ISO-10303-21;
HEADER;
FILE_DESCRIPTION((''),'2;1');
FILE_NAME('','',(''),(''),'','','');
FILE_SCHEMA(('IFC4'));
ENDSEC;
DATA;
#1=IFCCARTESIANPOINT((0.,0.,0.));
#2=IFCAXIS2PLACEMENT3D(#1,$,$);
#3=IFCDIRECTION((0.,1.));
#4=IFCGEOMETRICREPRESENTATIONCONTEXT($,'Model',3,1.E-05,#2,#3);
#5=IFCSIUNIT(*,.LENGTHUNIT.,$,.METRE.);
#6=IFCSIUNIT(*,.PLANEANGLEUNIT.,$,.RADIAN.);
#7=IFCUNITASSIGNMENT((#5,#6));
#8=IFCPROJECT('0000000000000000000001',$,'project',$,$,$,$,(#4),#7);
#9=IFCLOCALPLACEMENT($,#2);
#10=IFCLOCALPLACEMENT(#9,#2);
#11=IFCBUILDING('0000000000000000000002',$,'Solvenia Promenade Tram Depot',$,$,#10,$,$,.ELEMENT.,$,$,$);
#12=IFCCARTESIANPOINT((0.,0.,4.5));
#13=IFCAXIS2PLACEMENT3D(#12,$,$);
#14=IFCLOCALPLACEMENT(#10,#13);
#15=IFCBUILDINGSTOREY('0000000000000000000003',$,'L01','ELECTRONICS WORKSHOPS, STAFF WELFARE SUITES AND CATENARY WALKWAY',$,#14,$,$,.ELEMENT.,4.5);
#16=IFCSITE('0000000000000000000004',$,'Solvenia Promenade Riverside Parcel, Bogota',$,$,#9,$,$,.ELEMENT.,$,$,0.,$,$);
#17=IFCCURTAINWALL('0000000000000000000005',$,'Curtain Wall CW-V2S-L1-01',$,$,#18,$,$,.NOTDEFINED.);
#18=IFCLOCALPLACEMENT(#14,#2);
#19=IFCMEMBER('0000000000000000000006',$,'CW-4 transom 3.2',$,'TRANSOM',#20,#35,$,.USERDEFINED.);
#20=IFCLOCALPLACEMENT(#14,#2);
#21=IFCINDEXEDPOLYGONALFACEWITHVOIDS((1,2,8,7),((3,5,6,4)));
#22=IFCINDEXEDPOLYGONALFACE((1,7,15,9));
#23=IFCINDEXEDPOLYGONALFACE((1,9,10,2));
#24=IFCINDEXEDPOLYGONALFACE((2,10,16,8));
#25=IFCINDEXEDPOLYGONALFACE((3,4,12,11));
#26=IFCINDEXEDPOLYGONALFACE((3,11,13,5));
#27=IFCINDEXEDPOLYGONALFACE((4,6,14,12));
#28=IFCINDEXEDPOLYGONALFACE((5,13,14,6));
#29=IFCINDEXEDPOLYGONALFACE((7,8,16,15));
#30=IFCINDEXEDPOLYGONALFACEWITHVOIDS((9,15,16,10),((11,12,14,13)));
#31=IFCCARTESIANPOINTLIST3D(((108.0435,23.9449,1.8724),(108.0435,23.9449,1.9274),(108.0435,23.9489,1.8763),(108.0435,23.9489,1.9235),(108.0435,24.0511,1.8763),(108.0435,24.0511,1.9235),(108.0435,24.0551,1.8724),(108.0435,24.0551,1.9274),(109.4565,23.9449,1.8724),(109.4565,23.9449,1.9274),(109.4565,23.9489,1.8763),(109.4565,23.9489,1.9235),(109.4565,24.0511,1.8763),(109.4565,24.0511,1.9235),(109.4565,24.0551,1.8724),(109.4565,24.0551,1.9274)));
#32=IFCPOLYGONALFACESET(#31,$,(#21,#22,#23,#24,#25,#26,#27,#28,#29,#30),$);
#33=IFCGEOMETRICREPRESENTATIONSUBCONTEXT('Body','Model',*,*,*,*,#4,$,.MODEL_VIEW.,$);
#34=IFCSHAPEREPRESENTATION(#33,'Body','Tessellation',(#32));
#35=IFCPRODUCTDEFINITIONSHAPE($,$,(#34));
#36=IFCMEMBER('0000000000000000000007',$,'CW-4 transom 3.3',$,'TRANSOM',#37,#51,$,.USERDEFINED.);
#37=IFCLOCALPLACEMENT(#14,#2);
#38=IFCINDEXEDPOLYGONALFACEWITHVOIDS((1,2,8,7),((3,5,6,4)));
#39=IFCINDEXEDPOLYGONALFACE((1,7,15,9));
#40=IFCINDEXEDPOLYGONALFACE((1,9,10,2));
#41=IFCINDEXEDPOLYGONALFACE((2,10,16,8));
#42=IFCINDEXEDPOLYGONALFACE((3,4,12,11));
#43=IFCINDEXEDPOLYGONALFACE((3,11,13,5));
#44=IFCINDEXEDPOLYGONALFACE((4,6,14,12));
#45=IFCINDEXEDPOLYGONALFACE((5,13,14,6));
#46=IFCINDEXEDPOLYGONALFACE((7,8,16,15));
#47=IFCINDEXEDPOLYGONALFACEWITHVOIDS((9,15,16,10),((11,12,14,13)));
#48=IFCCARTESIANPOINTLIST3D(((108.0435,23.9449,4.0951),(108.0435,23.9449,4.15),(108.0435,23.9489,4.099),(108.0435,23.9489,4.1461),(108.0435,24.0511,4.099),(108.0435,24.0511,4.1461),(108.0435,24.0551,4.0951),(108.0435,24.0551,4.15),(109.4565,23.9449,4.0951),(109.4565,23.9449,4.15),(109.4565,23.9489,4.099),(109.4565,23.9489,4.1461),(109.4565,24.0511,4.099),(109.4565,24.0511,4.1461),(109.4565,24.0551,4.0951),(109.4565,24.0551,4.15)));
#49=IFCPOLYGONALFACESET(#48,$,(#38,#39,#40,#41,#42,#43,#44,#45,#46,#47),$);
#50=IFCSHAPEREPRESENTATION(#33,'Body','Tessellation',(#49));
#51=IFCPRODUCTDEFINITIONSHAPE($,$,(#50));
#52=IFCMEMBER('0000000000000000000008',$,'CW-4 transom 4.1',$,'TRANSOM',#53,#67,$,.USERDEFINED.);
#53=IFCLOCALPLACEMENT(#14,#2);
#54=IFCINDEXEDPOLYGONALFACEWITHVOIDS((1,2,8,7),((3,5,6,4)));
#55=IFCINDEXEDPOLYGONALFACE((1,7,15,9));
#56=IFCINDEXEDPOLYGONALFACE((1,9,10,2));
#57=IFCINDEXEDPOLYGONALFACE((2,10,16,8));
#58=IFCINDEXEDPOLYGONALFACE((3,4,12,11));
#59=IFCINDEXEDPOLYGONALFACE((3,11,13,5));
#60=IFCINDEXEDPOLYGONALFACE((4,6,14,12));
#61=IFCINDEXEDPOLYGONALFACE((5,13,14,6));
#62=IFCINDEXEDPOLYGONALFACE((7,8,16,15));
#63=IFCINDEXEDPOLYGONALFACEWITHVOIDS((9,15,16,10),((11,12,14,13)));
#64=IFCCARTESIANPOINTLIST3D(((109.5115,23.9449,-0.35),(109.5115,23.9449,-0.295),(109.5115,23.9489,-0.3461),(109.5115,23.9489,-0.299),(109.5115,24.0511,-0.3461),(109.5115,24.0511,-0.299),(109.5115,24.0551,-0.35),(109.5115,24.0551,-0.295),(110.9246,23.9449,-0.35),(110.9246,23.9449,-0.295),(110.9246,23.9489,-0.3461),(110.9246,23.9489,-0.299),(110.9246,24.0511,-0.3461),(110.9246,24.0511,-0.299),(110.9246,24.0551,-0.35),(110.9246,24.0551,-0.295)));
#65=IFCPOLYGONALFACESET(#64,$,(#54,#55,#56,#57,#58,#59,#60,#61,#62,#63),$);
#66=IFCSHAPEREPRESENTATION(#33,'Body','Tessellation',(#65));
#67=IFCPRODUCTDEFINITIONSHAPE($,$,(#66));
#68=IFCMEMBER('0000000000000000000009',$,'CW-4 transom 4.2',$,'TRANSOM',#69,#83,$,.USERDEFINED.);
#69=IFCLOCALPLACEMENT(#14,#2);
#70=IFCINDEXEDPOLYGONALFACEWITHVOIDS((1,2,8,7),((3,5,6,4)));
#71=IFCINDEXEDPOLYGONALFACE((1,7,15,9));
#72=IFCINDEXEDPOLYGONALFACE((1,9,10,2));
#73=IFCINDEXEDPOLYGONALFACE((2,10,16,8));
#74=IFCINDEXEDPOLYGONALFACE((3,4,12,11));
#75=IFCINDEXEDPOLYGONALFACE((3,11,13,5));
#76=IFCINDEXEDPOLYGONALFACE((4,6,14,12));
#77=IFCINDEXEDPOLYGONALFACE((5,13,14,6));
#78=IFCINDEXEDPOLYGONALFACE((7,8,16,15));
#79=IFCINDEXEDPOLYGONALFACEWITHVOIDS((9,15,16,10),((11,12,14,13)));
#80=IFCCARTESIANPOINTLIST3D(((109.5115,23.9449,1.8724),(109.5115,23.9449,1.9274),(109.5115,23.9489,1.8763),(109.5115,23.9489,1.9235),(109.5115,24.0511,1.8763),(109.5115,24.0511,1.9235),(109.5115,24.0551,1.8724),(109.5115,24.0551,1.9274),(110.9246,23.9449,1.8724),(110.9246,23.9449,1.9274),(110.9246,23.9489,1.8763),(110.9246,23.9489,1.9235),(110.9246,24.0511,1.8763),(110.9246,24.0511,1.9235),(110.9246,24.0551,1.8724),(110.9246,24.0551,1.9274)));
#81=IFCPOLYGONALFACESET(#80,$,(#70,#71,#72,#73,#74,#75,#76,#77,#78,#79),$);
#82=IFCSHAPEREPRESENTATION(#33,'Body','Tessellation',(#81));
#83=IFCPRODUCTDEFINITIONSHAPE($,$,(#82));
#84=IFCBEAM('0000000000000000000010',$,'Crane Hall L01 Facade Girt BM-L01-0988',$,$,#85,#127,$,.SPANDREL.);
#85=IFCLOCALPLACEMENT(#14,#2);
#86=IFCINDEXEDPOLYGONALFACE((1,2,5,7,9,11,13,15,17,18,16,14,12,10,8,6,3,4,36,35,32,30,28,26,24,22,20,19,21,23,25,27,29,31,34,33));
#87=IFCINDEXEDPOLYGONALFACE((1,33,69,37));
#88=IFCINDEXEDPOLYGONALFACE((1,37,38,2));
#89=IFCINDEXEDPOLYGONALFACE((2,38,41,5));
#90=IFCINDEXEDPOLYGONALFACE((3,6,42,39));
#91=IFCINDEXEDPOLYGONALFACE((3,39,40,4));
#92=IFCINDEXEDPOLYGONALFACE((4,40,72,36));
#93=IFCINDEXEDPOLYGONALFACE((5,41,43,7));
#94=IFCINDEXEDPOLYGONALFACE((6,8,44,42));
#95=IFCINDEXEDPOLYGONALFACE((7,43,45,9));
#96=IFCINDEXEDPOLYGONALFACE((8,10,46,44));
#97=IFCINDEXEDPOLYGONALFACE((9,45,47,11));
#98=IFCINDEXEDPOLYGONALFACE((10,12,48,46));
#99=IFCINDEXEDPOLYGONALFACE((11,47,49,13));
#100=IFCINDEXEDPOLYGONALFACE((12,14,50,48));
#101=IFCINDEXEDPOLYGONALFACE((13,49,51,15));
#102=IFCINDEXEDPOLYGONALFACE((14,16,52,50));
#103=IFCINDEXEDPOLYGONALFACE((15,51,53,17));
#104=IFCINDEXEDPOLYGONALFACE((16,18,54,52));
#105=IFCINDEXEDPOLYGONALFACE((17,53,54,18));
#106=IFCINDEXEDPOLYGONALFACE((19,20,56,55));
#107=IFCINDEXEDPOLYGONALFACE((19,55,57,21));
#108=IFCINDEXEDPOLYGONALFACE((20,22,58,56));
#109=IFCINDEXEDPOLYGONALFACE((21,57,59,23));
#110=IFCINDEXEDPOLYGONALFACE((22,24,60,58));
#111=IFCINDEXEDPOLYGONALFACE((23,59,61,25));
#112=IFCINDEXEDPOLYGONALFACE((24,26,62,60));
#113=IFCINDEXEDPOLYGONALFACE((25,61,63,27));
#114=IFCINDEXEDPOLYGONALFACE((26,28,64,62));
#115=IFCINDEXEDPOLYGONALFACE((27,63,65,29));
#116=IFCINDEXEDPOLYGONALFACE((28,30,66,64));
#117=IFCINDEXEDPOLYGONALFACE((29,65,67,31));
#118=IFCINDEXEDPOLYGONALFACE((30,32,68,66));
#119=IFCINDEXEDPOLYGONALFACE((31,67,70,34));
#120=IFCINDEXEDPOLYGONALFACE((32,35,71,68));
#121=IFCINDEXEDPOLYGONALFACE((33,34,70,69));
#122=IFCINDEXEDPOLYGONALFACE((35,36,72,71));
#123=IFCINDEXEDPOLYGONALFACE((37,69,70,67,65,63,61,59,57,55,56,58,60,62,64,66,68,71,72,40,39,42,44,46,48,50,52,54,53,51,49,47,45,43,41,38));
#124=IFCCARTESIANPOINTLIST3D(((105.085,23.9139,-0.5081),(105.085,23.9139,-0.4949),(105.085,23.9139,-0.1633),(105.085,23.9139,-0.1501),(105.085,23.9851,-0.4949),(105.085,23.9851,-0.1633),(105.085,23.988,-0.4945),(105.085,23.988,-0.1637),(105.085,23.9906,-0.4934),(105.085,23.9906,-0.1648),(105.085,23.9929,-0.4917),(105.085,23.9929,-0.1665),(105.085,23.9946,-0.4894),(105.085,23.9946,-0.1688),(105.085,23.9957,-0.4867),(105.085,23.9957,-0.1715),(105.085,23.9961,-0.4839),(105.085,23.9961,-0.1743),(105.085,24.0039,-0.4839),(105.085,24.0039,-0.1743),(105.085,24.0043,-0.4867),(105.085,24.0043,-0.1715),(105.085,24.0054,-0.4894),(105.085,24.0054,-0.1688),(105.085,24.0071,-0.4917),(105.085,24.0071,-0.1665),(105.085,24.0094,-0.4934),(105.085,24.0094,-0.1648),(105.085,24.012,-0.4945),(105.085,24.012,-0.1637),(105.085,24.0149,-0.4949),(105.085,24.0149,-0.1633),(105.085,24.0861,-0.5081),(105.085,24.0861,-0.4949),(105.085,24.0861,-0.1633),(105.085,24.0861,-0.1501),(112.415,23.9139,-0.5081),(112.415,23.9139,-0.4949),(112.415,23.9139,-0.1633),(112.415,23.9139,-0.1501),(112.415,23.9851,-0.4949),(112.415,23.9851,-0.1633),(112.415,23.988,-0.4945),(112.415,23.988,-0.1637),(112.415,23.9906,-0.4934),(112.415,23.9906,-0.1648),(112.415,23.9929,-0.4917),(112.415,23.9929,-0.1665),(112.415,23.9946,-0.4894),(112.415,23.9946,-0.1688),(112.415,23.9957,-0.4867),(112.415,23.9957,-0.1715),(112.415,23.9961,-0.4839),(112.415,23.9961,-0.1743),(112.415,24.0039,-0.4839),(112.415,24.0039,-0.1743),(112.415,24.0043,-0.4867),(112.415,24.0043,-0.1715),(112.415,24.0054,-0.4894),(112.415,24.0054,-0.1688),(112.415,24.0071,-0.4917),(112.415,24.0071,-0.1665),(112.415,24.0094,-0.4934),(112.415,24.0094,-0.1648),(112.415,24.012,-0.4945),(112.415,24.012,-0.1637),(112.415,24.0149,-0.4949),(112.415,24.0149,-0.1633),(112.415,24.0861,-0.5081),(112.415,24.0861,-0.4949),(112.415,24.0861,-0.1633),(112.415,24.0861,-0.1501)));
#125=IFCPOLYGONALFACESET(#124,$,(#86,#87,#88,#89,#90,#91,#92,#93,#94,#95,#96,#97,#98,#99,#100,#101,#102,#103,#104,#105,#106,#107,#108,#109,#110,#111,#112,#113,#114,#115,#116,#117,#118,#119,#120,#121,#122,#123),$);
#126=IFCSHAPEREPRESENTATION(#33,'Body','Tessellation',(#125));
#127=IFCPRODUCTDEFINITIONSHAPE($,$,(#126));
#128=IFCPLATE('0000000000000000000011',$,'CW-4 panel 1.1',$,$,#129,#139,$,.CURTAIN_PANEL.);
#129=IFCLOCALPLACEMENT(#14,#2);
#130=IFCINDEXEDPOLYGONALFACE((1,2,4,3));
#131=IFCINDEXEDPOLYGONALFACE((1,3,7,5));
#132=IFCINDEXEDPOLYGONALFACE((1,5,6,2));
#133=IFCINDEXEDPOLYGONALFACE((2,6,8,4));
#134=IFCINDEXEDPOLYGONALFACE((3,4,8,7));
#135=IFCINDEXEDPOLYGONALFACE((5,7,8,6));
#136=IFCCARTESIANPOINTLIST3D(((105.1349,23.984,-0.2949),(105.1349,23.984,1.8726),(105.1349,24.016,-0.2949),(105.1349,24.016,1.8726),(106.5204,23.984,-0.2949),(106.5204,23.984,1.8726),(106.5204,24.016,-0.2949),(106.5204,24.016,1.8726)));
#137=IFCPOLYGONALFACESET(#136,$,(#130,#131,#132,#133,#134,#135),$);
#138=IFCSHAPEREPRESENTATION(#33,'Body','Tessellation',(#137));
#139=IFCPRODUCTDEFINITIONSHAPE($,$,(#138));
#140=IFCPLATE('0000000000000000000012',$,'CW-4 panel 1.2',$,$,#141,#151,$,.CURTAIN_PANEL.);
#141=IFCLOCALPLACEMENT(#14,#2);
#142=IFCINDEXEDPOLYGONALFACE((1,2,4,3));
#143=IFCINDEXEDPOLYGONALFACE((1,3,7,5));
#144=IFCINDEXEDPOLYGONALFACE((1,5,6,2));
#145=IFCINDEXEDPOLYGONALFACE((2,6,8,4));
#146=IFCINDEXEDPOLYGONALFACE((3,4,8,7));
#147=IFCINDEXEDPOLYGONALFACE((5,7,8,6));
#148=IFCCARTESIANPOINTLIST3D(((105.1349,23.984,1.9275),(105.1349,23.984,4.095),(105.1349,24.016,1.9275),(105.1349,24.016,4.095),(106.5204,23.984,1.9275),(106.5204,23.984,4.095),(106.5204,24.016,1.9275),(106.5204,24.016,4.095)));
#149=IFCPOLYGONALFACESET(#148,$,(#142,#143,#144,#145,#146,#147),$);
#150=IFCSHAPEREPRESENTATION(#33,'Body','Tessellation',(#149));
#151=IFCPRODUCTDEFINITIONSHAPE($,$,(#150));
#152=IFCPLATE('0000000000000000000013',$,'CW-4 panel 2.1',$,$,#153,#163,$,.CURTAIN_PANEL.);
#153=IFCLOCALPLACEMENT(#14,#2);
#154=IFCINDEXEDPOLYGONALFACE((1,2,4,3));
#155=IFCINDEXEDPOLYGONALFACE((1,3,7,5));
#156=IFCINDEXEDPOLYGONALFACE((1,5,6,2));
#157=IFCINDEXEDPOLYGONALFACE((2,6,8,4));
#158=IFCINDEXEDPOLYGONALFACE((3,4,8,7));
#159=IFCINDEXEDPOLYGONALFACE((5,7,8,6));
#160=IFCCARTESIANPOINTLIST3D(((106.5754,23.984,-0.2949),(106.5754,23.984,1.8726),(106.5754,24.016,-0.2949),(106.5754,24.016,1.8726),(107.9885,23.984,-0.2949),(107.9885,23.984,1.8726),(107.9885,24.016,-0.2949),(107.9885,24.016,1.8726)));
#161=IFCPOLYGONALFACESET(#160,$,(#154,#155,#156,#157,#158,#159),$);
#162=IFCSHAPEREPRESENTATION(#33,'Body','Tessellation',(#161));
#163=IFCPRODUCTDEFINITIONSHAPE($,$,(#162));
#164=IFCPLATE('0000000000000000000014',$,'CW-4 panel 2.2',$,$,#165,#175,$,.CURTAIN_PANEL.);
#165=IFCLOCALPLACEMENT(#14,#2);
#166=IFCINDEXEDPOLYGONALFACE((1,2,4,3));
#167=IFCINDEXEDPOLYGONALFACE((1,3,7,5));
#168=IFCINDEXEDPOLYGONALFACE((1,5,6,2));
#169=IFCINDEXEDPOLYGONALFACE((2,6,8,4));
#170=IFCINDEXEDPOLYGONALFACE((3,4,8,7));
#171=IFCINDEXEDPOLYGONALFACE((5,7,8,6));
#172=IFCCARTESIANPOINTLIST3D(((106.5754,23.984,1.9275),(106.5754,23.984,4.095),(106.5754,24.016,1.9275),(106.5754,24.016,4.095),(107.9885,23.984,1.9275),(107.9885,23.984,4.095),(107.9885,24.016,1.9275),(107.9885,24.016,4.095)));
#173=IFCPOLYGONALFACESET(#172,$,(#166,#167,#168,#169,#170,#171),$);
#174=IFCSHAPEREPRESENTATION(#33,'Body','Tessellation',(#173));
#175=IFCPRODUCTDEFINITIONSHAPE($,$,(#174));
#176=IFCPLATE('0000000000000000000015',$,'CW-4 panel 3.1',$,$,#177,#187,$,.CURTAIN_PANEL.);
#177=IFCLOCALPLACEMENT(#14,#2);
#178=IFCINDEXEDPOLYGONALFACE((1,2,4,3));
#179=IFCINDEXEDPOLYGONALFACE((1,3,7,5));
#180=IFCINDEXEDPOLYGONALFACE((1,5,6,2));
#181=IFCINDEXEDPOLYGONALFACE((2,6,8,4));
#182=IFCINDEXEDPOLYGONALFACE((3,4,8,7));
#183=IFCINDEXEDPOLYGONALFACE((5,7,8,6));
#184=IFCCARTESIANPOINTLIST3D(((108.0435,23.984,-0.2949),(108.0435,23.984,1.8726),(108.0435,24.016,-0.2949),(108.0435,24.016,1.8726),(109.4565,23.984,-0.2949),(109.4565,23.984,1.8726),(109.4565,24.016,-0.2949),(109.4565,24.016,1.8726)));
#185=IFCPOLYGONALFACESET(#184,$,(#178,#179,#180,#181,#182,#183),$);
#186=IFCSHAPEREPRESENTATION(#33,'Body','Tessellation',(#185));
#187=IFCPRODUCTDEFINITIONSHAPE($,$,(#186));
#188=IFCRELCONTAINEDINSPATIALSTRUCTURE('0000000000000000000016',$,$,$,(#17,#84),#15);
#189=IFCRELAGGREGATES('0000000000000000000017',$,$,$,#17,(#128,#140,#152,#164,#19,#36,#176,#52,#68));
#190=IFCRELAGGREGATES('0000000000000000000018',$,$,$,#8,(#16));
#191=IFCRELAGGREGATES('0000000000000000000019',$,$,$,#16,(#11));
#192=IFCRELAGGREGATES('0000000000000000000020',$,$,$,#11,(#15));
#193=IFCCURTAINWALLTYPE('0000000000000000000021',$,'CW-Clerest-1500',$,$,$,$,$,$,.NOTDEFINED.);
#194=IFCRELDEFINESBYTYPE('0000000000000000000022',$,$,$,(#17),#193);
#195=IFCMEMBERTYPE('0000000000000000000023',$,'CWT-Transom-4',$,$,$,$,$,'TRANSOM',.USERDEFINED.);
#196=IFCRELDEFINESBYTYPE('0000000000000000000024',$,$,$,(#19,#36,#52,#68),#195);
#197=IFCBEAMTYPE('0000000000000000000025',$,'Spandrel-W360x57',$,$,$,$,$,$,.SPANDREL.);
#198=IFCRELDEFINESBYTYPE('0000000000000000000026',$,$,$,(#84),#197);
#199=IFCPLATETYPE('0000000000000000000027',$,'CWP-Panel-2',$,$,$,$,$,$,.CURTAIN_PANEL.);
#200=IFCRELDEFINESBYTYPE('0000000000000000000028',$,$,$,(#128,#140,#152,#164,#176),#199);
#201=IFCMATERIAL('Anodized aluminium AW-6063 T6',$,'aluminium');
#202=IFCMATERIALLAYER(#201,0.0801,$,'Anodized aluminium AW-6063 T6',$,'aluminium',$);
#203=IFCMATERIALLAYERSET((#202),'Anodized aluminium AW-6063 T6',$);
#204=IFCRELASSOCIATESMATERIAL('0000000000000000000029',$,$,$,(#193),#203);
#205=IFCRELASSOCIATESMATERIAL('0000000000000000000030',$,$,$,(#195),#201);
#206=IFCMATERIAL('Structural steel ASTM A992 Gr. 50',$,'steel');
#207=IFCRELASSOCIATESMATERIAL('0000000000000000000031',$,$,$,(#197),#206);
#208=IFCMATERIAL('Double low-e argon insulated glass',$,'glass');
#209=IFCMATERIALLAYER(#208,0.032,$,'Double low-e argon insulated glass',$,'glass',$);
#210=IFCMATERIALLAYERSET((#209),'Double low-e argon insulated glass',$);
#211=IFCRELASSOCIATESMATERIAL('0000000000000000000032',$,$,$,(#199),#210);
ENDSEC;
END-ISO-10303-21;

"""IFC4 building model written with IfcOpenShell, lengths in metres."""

from ifc_helpers import new_model, si_unit, direction, frame, origin, origin_2d, place, context, subcontext, project, spatial, rectangle, hollow_rectangle, i_section, extrude, material, layer, layer_set, material_profile, profile_set, type_object, element, aggregate, save


model = new_model("IFC4")

# Units and contexts
model_context = context("Model", 3, precision=1e-05, world=origin(), true_north=direction((0.0, 1.0)))
body_context = subcontext(model_context, "Body", "Model", "MODEL_VIEW")
ifc_project = project(units=[si_unit("LENGTHUNIT", "METRE"), si_unit("PLANEANGLEUNIT", "RADIAN")], contexts=[model_context])

# Site, building, storey
site_placement = place(None, origin())
site = spatial("IfcSite", under=ifc_project, at=site_placement, Name="Solvenia Promenade Riverside Parcel, Bogota", CompositionType="ELEMENT", RefElevation=0.0)
building_placement = place(site_placement, origin())
building = spatial("IfcBuilding", under=site, at=building_placement, Name="Solvenia Promenade Tram Depot", CompositionType="ELEMENT")
storey_placement = place(building_placement, frame((0.0, 0.0, 4.5)))
storey = spatial("IfcBuildingStorey", under=building, at=storey_placement, Name="L01", Description="ELECTRONICS WORKSHOPS, STAFF WELFARE SUITES AND CATENARY WALKWAY", CompositionType="ELEMENT", Elevation=4.5)

# Curtain wall, members
ifc_material_1 = material(Name="Anodized aluminium AW-6063 T6", Category="aluminium")
ifc_layer_1 = layer(ifc_material_1, 0.0801, Name="Anodized aluminium AW-6063 T6", Category="aluminium")
ifc_layer_set_1 = layer_set([ifc_layer_1], Name="Anodized aluminium AW-6063 T6")
curtain_wall_type = type_object("IfcCurtainWallType", Name="CW-Clerest-1500", PredefinedType="NOTDEFINED", material=ifc_layer_set_1)
curtain_wall_placement = place(storey_placement, origin())
curtain_wall = element("IfcCurtainWall", 1, at=curtain_wall_placement, inside=storey, type_object=curtain_wall_type, Name="Curtain Wall CW-V2S-L1-01", PredefinedType="NOTDEFINED")
ifc_material_profile_1 = material_profile(ifc_material_1, hollow_rectangle(XDim=0.1101, YDim=0.0549, WallThickness=0.0039, at=origin_2d()), Name="ALU-T4", Category="aluminium")
ifc_profile_set_1 = profile_set([ifc_material_profile_1], Name="Anodized aluminium AW-6063 T6")
member_type_1 = type_object("IfcMemberType", Name="CWT-Transom-4", ElementType="TRANSOM", PredefinedType="USERDEFINED", material=ifc_profile_set_1)
member_1_placement = place(storey_placement, frame((108.0435, 24.0, 1.8999), z_axis=(1.0, 0.0, 0.0), x_axis=(0.0, 1.0, 0.0)))
member_1 = element("IfcMember", 2, at=member_1_placement, type_object=member_type_1, Name="CW-4 transom 3.2", ObjectType="TRANSOM", PredefinedType="USERDEFINED", context=body_context, shape_type="SweptSolid", body=[
    extrude(hollow_rectangle(XDim=0.1101, YDim=0.0549, WallThickness=0.0039, at=origin_2d()), origin(), (0.0, 0.0, 1.0), 1.4131),
])
member_2_placement = place(storey_placement, frame((108.0435, 24.0, 4.1226), z_axis=(1.0, 0.0, 0.0), x_axis=(0.0, 1.0, 0.0)))
member_2 = element("IfcMember", 3, at=member_2_placement, type_object=member_type_1, Name="CW-4 transom 3.3", ObjectType="TRANSOM", PredefinedType="USERDEFINED", context=body_context, shape_type="SweptSolid", body=[
    extrude(hollow_rectangle(XDim=0.1101, YDim=0.0549, WallThickness=0.0039, at=origin_2d()), origin(), (0.0, 0.0, 1.0), 1.4131),
])
member_3_placement = place(storey_placement, frame((109.5115, 24.0, -0.3225), z_axis=(1.0, 0.0, 0.0), x_axis=(0.0, 1.0, 0.0)))
member_3 = element("IfcMember", 4, at=member_3_placement, type_object=member_type_1, Name="CW-4 transom 4.1", ObjectType="TRANSOM", PredefinedType="USERDEFINED", context=body_context, shape_type="SweptSolid", body=[
    extrude(hollow_rectangle(XDim=0.1101, YDim=0.0549, WallThickness=0.0039, at=origin_2d()), origin(), (0.0, 0.0, 1.0), 1.4131),
])
member_4_placement = place(storey_placement, frame((109.5115, 24.0, 1.8999), z_axis=(1.0, 0.0, 0.0), x_axis=(0.0, 1.0, 0.0)))
member_4 = element("IfcMember", 5, at=member_4_placement, type_object=member_type_1, Name="CW-4 transom 4.2", ObjectType="TRANSOM", PredefinedType="USERDEFINED", context=body_context, shape_type="SweptSolid", body=[
    extrude(hollow_rectangle(XDim=0.1101, YDim=0.0549, WallThickness=0.0039, at=origin_2d()), origin(), (0.0, 0.0, 1.0), 1.4131),
])

# Beam
ifc_material_2 = material(Name="Structural steel ASTM A992 Gr. 50", Category="steel")
ifc_material_profile_2 = material_profile(ifc_material_2, i_section(OverallWidth=0.1721, OverallDepth=0.3579, WebThickness=0.0078, FlangeThickness=0.0132, FilletRadius=0.011, at=origin_2d()), Name="W360x57", Category="steel")
ifc_profile_set_2 = profile_set([ifc_material_profile_2], Name="Structural steel ASTM A992 Gr. 50")
beam_type = type_object("IfcBeamType", Name="Spandrel-W360x57", PredefinedType="SPANDREL", material=ifc_profile_set_2)
beam_placement = place(storey_placement, frame((105.085, 24.0, -0.3291), z_axis=(1.0, 0.0, 0.0), x_axis=(0.0, 1.0, 0.0)))
element("IfcBeam", 6, at=beam_placement, inside=storey, type_object=beam_type, Name="Crane Hall L01 Facade Girt BM-L01-0988", PredefinedType="SPANDREL", context=body_context, shape_type="SweptSolid", body=[
    extrude(i_section(OverallWidth=0.1721, OverallDepth=0.3579, WebThickness=0.0078, FlangeThickness=0.0132, FilletRadius=0.011, at=origin_2d()), origin(), (0.0, 0.0, 1.0), 7.3301),
])

# Plates
ifc_material_3 = material(Name="Double low-e argon insulated glass", Category="glass")
ifc_layer_2 = layer(ifc_material_3, 0.032, Name="Double low-e argon insulated glass", Category="glass")
ifc_layer_set_2 = layer_set([ifc_layer_2], Name="Double low-e argon insulated glass")
plate_type = type_object("IfcPlateType", Name="CWP-Panel-2", PredefinedType="CURTAIN_PANEL", material=ifc_layer_set_2)
plate_1_placement = place(storey_placement, frame((105.8276, 24.0, -0.2949), z_axis=(0.0, 0.0, 1.0), x_axis=(1.0, 0.0, 0.0)))
plate_1 = element("IfcPlate", 7, at=plate_1_placement, type_object=plate_type, Name="CW-4 panel 1.1", PredefinedType="CURTAIN_PANEL", context=body_context, shape_type="SweptSolid", body=[
    extrude(rectangle(XDim=1.3855, YDim=0.032, at=origin_2d()), origin(), (0.0, 0.0, 1.0), 2.1675),
])
plate_2_placement = place(storey_placement, frame((105.8276, 24.0, 1.9275), z_axis=(0.0, 0.0, 1.0), x_axis=(1.0, 0.0, 0.0)))
plate_2 = element("IfcPlate", 8, at=plate_2_placement, type_object=plate_type, Name="CW-4 panel 1.2", PredefinedType="CURTAIN_PANEL", context=body_context, shape_type="SweptSolid", body=[
    extrude(rectangle(XDim=1.3855, YDim=0.032, at=origin_2d()), origin(), (0.0, 0.0, 1.0), 2.1675),
])
plate_3_placement = place(storey_placement, frame((107.282, 24.0, -0.2949), z_axis=(0.0, 0.0, 1.0), x_axis=(1.0, 0.0, 0.0)))
plate_3 = element("IfcPlate", 9, at=plate_3_placement, type_object=plate_type, Name="CW-4 panel 2.1", PredefinedType="CURTAIN_PANEL", context=body_context, shape_type="SweptSolid", body=[
    extrude(rectangle(XDim=1.4131, YDim=0.032, at=origin_2d()), origin(), (0.0, 0.0, 1.0), 2.1675),
])
plate_4_placement = place(storey_placement, frame((107.282, 24.0, 1.9275), z_axis=(0.0, 0.0, 1.0), x_axis=(1.0, 0.0, 0.0)))
plate_4 = element("IfcPlate", 10, at=plate_4_placement, type_object=plate_type, Name="CW-4 panel 2.2", PredefinedType="CURTAIN_PANEL", context=body_context, shape_type="SweptSolid", body=[
    extrude(rectangle(XDim=1.4131, YDim=0.032, at=origin_2d()), origin(), (0.0, 0.0, 1.0), 2.1675),
])
plate_5_placement = place(storey_placement, frame((108.75, 24.0, -0.2949), z_axis=(0.0, 0.0, 1.0), x_axis=(1.0, 0.0, 0.0)))
plate_5 = element("IfcPlate", 11, at=plate_5_placement, type_object=plate_type, Name="CW-4 panel 3.1", PredefinedType="CURTAIN_PANEL", context=body_context, shape_type="SweptSolid", body=[
    extrude(rectangle(XDim=1.4131, YDim=0.032, at=origin_2d()), origin(), (0.0, 0.0, 1.0), 2.1675),
])
aggregate(curtain_wall, [plate_1, plate_2, plate_3, plate_4, member_1, member_2, plate_5, member_3, member_4])

save(model, "model.ifc")
